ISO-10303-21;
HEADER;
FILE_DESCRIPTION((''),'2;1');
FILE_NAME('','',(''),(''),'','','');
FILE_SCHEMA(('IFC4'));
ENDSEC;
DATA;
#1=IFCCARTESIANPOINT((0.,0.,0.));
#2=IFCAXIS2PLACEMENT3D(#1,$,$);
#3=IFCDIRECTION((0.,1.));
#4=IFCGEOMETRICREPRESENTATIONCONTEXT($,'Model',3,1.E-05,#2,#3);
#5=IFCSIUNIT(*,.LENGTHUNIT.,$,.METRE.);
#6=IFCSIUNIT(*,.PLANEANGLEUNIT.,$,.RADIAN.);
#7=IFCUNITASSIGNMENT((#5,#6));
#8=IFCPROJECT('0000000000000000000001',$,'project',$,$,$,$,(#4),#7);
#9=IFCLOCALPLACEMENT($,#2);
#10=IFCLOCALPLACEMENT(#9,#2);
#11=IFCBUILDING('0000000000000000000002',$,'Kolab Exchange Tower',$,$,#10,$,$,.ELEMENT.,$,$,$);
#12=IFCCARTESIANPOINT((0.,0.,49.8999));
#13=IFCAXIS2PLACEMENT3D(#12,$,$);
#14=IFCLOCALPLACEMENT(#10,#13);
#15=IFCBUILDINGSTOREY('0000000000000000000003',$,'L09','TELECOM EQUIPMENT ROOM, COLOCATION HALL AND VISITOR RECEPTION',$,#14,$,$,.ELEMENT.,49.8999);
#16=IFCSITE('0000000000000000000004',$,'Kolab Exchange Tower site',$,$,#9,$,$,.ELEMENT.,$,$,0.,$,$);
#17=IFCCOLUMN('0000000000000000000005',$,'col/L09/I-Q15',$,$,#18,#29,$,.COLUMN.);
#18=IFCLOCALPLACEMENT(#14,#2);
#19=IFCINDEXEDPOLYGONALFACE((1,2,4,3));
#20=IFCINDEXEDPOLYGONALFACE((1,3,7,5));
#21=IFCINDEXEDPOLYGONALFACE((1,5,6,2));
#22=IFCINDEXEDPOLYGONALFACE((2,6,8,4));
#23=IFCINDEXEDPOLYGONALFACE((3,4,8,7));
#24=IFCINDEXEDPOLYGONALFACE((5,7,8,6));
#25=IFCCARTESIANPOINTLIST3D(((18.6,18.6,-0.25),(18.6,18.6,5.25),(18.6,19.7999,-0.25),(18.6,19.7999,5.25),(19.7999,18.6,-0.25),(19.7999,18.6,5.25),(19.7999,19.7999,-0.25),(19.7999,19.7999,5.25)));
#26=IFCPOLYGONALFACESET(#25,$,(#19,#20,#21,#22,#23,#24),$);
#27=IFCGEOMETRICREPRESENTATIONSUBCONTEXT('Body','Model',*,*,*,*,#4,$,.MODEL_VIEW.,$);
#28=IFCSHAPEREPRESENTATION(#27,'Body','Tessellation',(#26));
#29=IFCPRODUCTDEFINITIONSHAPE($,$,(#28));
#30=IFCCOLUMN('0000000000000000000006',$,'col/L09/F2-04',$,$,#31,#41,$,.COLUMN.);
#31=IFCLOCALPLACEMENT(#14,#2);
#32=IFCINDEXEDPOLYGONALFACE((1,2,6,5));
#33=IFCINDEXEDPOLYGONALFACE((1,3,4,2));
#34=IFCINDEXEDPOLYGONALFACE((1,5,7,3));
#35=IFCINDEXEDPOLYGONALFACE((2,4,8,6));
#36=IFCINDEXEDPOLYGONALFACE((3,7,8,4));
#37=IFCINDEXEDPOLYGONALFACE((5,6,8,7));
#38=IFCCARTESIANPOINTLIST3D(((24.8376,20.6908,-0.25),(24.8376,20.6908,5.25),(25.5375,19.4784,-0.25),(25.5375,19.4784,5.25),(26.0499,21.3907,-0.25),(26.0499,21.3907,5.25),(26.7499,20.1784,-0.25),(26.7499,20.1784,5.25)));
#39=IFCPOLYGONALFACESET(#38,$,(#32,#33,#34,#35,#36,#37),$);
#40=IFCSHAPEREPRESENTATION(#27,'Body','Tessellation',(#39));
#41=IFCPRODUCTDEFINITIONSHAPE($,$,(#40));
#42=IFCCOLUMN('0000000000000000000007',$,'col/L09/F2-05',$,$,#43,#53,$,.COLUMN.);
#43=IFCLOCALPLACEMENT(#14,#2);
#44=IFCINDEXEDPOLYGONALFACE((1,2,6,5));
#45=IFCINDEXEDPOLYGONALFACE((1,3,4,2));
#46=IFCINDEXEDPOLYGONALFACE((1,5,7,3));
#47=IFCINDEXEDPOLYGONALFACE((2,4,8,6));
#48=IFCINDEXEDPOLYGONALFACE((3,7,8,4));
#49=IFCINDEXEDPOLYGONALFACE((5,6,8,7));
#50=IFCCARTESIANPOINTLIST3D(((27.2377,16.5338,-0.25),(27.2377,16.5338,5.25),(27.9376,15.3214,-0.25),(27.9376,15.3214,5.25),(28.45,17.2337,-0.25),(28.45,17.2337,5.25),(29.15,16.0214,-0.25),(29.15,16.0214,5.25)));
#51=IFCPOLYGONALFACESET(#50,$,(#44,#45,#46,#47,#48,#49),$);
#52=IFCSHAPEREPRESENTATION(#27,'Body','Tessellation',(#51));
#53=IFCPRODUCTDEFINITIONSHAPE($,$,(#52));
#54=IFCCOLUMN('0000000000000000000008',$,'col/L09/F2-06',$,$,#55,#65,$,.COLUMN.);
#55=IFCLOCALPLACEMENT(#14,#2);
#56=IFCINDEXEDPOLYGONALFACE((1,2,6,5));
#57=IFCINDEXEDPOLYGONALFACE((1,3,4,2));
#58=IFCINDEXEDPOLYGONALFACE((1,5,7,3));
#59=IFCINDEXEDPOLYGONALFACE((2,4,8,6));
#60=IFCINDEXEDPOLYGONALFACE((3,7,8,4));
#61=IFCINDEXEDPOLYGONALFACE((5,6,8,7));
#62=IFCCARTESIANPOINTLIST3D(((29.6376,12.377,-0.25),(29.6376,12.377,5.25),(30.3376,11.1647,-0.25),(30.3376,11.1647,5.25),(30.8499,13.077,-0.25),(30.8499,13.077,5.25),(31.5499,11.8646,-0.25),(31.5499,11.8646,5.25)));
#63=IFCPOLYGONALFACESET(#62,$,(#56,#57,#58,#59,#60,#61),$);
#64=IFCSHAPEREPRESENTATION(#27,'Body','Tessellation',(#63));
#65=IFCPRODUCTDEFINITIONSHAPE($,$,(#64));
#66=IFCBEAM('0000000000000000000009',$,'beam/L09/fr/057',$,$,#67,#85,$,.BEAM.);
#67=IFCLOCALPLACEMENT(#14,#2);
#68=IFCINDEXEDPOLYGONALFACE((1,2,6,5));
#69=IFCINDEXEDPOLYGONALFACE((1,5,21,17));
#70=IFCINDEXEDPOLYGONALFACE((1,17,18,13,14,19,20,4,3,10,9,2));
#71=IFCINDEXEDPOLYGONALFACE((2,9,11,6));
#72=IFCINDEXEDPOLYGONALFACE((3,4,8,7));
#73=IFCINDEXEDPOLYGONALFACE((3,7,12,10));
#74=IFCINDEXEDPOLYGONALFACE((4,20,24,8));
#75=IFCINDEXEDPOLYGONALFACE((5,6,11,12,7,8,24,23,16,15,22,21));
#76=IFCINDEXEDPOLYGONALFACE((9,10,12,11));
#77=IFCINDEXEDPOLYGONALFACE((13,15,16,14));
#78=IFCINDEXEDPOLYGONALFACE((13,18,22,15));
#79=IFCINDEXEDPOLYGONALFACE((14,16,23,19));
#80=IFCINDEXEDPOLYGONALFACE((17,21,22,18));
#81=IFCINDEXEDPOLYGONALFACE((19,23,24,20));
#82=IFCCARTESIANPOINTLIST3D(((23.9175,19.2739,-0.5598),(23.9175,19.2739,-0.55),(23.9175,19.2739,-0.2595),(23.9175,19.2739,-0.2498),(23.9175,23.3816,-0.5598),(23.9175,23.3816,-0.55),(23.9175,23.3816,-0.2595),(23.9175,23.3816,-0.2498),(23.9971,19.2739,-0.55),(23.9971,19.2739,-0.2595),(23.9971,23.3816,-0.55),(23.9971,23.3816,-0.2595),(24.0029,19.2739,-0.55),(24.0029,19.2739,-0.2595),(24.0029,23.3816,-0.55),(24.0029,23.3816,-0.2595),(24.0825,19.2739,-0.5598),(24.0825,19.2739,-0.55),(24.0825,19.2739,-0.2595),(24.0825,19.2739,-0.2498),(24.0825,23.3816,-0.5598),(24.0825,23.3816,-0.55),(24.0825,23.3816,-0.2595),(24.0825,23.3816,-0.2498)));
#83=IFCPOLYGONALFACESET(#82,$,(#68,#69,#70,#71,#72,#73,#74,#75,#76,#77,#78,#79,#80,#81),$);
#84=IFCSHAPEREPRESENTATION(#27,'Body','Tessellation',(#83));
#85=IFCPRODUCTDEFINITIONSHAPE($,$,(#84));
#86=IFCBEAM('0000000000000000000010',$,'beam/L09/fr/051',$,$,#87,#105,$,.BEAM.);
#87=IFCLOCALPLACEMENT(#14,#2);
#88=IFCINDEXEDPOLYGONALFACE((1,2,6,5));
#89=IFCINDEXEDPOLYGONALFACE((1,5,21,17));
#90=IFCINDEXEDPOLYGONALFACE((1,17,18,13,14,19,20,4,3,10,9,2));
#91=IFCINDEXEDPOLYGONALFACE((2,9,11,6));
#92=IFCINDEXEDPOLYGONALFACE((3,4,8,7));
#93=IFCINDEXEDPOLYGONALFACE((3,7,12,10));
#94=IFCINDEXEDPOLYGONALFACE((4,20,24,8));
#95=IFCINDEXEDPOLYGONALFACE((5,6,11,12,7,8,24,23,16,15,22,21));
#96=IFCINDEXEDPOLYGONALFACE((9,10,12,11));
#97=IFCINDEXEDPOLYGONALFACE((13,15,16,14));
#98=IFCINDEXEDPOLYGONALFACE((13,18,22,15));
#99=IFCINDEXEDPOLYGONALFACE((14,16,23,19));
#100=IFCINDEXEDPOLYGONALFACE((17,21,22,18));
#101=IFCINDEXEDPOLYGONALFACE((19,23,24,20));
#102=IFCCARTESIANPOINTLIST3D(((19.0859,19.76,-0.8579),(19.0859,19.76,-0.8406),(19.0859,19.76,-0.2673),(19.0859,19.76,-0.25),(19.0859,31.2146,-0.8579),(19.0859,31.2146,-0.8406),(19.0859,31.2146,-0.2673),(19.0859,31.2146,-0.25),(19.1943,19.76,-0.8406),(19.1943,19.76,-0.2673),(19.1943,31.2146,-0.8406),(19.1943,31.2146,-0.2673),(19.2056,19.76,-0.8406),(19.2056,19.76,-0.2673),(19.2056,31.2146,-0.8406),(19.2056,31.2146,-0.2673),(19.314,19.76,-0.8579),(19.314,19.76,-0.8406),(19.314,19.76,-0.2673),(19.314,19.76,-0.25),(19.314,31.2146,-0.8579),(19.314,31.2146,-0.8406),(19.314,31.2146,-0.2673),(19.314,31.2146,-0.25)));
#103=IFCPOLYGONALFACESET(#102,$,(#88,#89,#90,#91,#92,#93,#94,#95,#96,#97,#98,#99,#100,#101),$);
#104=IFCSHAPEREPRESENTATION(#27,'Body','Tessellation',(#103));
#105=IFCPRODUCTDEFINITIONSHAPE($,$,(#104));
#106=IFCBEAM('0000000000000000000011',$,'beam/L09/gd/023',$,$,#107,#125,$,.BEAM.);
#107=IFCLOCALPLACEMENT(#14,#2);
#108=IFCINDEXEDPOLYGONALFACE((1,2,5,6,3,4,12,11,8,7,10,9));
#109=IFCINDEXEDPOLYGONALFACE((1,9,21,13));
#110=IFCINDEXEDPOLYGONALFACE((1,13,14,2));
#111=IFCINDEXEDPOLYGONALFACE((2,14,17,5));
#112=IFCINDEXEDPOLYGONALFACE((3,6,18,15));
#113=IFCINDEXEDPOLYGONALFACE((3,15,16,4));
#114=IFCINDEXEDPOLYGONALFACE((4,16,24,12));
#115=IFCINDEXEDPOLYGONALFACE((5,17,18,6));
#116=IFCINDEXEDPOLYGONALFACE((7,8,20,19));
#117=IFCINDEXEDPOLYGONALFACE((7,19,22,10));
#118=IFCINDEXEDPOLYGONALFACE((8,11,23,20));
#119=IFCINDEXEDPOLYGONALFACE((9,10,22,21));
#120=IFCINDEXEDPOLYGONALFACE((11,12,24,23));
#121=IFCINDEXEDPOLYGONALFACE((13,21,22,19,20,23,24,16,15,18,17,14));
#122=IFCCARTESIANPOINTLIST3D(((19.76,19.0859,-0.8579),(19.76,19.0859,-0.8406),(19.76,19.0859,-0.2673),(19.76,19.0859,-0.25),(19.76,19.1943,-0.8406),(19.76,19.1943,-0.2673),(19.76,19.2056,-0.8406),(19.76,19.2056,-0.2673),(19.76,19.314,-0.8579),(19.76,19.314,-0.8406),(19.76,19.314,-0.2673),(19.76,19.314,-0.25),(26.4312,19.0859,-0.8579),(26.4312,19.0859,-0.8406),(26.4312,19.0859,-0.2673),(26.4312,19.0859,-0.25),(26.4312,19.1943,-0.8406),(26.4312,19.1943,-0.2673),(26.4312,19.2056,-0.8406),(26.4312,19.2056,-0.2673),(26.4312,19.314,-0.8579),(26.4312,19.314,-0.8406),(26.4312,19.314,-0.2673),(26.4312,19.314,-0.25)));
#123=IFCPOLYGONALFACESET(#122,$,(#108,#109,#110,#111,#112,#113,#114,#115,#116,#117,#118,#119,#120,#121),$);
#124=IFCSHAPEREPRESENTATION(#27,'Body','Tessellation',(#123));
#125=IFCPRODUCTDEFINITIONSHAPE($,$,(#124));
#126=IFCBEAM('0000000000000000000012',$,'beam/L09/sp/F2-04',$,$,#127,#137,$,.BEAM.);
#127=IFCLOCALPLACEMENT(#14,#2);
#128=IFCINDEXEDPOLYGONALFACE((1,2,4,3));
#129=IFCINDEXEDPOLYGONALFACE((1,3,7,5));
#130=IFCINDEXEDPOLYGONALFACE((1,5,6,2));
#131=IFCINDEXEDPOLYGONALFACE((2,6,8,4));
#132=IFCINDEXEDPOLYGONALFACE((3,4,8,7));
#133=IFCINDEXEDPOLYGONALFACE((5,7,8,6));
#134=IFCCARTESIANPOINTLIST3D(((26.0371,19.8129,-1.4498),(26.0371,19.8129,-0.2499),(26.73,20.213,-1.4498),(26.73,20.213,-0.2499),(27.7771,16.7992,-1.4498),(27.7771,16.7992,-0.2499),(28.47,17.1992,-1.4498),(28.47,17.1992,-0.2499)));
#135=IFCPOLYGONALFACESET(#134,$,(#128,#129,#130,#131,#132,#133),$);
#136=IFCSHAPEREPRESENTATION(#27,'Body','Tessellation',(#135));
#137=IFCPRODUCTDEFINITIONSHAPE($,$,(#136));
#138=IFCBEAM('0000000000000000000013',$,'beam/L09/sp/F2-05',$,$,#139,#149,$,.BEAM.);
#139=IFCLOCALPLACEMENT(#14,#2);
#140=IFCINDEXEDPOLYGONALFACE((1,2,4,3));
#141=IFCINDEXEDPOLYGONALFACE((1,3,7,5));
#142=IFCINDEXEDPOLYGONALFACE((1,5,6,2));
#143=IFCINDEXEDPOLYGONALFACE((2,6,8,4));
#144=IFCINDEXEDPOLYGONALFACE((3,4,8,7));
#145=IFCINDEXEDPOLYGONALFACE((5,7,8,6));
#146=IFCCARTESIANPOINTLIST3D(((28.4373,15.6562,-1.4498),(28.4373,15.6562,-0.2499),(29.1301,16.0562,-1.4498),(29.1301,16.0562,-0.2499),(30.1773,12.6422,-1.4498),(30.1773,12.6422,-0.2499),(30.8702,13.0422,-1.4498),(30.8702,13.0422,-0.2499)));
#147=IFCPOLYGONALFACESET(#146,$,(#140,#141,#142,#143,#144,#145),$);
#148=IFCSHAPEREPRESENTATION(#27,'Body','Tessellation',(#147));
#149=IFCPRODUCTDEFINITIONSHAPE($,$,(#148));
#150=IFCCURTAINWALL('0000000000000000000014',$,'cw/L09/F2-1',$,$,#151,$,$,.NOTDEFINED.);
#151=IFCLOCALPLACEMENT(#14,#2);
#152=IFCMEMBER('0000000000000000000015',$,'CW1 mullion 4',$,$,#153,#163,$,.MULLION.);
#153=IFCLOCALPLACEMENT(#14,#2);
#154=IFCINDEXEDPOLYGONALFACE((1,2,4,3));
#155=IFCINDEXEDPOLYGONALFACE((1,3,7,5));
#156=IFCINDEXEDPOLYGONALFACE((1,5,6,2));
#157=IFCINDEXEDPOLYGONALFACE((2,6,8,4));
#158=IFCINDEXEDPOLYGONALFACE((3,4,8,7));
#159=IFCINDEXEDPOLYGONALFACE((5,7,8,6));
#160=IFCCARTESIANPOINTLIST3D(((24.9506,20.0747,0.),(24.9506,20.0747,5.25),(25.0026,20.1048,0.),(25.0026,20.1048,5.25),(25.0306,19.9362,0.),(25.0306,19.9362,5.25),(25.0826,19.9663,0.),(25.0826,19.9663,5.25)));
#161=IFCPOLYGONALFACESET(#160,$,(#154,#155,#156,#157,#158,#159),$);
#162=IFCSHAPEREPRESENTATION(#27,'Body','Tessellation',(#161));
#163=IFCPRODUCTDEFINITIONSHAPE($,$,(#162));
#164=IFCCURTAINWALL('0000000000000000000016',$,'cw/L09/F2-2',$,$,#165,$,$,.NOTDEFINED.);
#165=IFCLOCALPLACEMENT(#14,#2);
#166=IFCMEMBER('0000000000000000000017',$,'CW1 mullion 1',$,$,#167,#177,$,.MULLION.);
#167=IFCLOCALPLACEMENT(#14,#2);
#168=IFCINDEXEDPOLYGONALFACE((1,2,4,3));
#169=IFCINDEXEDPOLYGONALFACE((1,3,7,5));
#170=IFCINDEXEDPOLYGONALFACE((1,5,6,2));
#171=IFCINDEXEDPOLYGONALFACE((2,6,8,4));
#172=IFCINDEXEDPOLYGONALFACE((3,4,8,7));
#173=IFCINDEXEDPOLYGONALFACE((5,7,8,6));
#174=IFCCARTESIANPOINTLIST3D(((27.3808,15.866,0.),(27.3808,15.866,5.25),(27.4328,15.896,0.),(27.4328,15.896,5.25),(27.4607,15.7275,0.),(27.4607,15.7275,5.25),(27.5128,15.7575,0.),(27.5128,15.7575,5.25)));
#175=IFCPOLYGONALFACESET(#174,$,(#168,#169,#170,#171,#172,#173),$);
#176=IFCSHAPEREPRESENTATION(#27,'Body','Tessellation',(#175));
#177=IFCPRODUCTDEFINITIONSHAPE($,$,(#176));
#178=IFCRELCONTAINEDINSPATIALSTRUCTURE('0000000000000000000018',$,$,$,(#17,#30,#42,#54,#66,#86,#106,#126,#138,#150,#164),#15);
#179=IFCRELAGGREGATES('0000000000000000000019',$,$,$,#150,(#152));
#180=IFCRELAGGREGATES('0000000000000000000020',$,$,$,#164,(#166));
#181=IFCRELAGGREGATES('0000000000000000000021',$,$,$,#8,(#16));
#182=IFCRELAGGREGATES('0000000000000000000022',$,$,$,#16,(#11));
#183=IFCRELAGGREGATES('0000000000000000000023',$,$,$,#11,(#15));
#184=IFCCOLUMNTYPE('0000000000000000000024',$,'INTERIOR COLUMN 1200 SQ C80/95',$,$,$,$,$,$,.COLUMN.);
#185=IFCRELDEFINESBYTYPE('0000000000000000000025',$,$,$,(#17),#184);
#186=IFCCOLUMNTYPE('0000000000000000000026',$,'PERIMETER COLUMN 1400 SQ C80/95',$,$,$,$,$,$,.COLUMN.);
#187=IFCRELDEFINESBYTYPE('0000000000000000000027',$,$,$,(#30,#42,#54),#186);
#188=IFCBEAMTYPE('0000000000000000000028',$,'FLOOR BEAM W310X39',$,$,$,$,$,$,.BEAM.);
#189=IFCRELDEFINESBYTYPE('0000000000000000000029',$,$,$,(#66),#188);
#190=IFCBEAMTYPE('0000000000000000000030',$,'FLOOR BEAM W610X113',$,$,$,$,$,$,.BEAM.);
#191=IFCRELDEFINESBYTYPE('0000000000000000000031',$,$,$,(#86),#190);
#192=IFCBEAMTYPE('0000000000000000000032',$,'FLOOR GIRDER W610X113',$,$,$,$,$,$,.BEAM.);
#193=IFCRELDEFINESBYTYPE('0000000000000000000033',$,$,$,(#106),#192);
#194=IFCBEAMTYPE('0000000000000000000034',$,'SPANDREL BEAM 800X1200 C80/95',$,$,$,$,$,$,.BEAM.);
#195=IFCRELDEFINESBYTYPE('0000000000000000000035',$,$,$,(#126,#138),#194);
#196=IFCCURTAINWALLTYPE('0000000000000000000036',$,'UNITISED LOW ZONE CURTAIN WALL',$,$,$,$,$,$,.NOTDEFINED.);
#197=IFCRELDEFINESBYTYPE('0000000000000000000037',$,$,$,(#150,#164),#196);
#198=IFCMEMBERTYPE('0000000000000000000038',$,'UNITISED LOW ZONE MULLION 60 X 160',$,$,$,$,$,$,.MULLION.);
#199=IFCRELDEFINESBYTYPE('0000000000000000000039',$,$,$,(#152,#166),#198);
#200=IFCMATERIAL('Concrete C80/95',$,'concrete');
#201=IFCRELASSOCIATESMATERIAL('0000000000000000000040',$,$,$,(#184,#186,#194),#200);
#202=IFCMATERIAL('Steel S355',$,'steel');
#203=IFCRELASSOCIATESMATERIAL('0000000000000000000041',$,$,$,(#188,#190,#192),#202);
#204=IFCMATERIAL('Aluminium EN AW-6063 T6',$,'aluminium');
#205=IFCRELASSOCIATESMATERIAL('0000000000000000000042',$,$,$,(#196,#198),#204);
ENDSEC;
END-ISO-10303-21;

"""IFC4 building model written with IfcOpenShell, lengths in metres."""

from ifc_helpers import new_model, si_unit, direction, frame, origin, origin_2d, place, context, subcontext, project, spatial, rectangle, i_section, extrude, material, material_profile, profile_set, type_object, element, aggregate, save


model = new_model("IFC4")

# Units and contexts
model_context = context("Model", 3, precision=1e-05, world=origin(), true_north=direction((0.0, 1.0)))
body_context = subcontext(model_context, "Body", "Model", "MODEL_VIEW")
ifc_project = project(units=[si_unit("LENGTHUNIT", "METRE"), si_unit("PLANEANGLEUNIT", "RADIAN")], contexts=[model_context])

# Site, building, storey
site_placement = place(None, origin())
site = spatial("IfcSite", under=ifc_project, at=site_placement, Name="Kolab Exchange Tower site", CompositionType="ELEMENT", RefElevation=0.0)
building_placement = place(site_placement, origin())
building = spatial("IfcBuilding", under=site, at=building_placement, Name="Kolab Exchange Tower", CompositionType="ELEMENT")
storey_placement = place(building_placement, frame((0.0, 0.0, 49.8999)))
storey = spatial("IfcBuildingStorey", under=building, at=storey_placement, Name="L09", Description="TELECOM EQUIPMENT ROOM, COLOCATION HALL AND VISITOR RECEPTION", CompositionType="ELEMENT", Elevation=49.8999)

# Columns
ifc_material_1 = material(Name="Concrete C80/95", Category="concrete")
ifc_material_profile_1 = material_profile(ifc_material_1, rectangle(XDim=1.2, YDim=1.2, at=origin_2d()), Name="RC1200")
ifc_profile_set_1 = profile_set([ifc_material_profile_1], Name="Concrete C80/95")
column_type_1 = type_object("IfcColumnType", Name="INTERIOR COLUMN 1200 SQ C80/95", PredefinedType="COLUMN", material=ifc_profile_set_1)
column_placement = place(storey_placement, frame((19.2, 19.2, -0.25), z_axis=(0.0, 0.0, 1.0), x_axis=(1.0, 0.0, 0.0)))
element("IfcColumn", 1, at=column_placement, inside=storey, type_object=column_type_1, Name="col/L09/I-Q15", PredefinedType="COLUMN", context=body_context, shape_type="SweptSolid", body=[
    extrude(rectangle(XDim=1.2, YDim=1.2, at=origin_2d()), origin(), (0.0, 0.0, 1.0), 5.5),
])
ifc_material_profile_2 = material_profile(ifc_material_1, rectangle(XDim=1.3999, YDim=1.3999, at=origin_2d()), Name="RC1400")
ifc_profile_set_2 = profile_set([ifc_material_profile_2], Name="Concrete C80/95")
column_type_2 = type_object("IfcColumnType", Name="PERIMETER COLUMN 1400 SQ C80/95", PredefinedType="COLUMN", material=ifc_profile_set_2)
for number, where, z_axis, x_axis, name in (
    (2, (25.7937, 20.4346, -0.25), (0.0, 0.0, 1.0), (0.866025, 0.5, 0.0), "col/L09/F2-04"),
    (3, (28.1938, 16.2776, -0.25), (0.0, 0.0, 1.0), (0.866025, 0.5, 0.0), "col/L09/F2-05"),
    (4, (30.5938, 12.1208, -0.25), (0.0, 0.0, 1.0), (0.866025, 0.5, 0.0), "col/L09/F2-06"),
):
    element("IfcColumn", number, at=place(storey_placement, frame(where, z_axis=z_axis, x_axis=x_axis)), inside=storey, type_object=column_type_2, Name=name, PredefinedType="COLUMN", context=body_context, shape_type="SweptSolid", body=[
        extrude(rectangle(XDim=1.3999, YDim=1.3999, at=origin_2d()), origin(), (0.0, 0.0, 1.0), 5.5),
    ])

# Beams
ifc_material_2 = material(Name="Steel S355", Category="steel")
ifc_material_profile_3 = material_profile(ifc_material_2, i_section(OverallWidth=0.165, OverallDepth=0.3101, WebThickness=0.0059, FlangeThickness=0.0098, at=origin_2d()), Name="W310X39")
ifc_profile_set_3 = profile_set([ifc_material_profile_3], Name="Steel S355")
beam_type_1 = type_object("IfcBeamType", Name="FLOOR BEAM W310X39", PredefinedType="BEAM", material=ifc_profile_set_3)
beam_1_placement = place(storey_placement, frame((24.0, 19.2739, -0.4048), z_axis=(0.0, 1.0, 0.0), x_axis=(-1.0, 0.0, 0.0)))
element("IfcBeam", 5, at=beam_1_placement, inside=storey, type_object=beam_type_1, Name="beam/L09/fr/057", PredefinedType="BEAM", context=body_context, shape_type="SweptSolid", body=[
    extrude(i_section(OverallWidth=0.165, OverallDepth=0.3101, WebThickness=0.0059, FlangeThickness=0.0098, at=origin_2d()), origin(), (0.0, 0.0, 1.0), 4.1077),
])
ifc_material_profile_4 = material_profile(ifc_material_2, i_section(OverallWidth=0.228, OverallDepth=0.6079, WebThickness=0.0112, FlangeThickness=0.0173, at=origin_2d()), Name="W610X113")
ifc_profile_set_4 = profile_set([ifc_material_profile_4], Name="Steel S355")
beam_type_2 = type_object("IfcBeamType", Name="FLOOR BEAM W610X113", PredefinedType="BEAM", material=ifc_profile_set_4)
beam_2_placement = place(storey_placement, frame((19.2, 19.76, -0.554), z_axis=(0.0, 1.0, 0.0), x_axis=(-1.0, 0.0, 0.0)))
element("IfcBeam", 6, at=beam_2_placement, inside=storey, type_object=beam_type_2, Name="beam/L09/fr/051", PredefinedType="BEAM", context=body_context, shape_type="SweptSolid", body=[
    extrude(i_section(OverallWidth=0.228, OverallDepth=0.6079, WebThickness=0.0112, FlangeThickness=0.0173, at=origin_2d()), origin(), (0.0, 0.0, 1.0), 11.4546),
])
ifc_material_profile_5 = material_profile(ifc_material_2, i_section(OverallWidth=0.228, OverallDepth=0.6079, WebThickness=0.0112, FlangeThickness=0.0173, at=origin_2d()), Name="W610X113")
ifc_profile_set_5 = profile_set([ifc_material_profile_5], Name="Steel S355")
beam_type_3 = type_object("IfcBeamType", Name="FLOOR GIRDER W610X113", PredefinedType="BEAM", material=ifc_profile_set_5)
beam_3_placement = place(storey_placement, frame((19.76, 19.2, -0.554), z_axis=(1.0, 0.0, 0.0), x_axis=(0.0, 1.0, 0.0)))
element("IfcBeam", 7, at=beam_3_placement, inside=storey, type_object=beam_type_3, Name="beam/L09/gd/023", PredefinedType="BEAM", context=body_context, shape_type="SweptSolid", body=[
    extrude(i_section(OverallWidth=0.228, OverallDepth=0.6079, WebThickness=0.0112, FlangeThickness=0.0173, at=origin_2d()), origin(), (0.0, 0.0, 1.0), 6.6711),
])
ifc_material_profile_6 = material_profile(ifc_material_1, rectangle(XDim=0.8, YDim=1.2, at=origin_2d()), Name="RC800X1200")
ifc_profile_set_6 = profile_set([ifc_material_profile_6], Name="Concrete C80/95")
beam_type_4 = type_object("IfcBeamType", Name="SPANDREL BEAM 800X1200 C80/95", PredefinedType="BEAM", material=ifc_profile_set_6)
beam_4_placement = place(storey_placement, frame((26.3835, 20.0129, -0.8499), z_axis=(0.50001, -0.86602, 0.0), x_axis=(0.86602, 0.50001, 0.0)))
element("IfcBeam", 8, at=beam_4_placement, inside=storey, type_object=beam_type_4, Name="beam/L09/sp/F2-04", PredefinedType="BEAM", context=body_context, shape_type="SweptSolid", body=[
    extrude(rectangle(XDim=0.8, YDim=1.2, at=origin_2d()), origin(), (0.0, 0.0, 1.0), 3.48),
])
beam_5_placement = place(storey_placement, frame((28.7837, 15.8562, -0.8499), z_axis=(0.49998, -0.866037, 0.0), x_axis=(0.866037, 0.49998, 0.0)))
element("IfcBeam", 9, at=beam_5_placement, inside=storey, type_object=beam_type_4, Name="beam/L09/sp/F2-05", PredefinedType="BEAM", context=body_context, shape_type="SweptSolid", body=[
    extrude(rectangle(XDim=0.8, YDim=1.2, at=origin_2d()), origin(), (0.0, 0.0, 1.0), 3.4802),
])

# Curtain walls, members
ifc_material_3 = material(Name="Aluminium EN AW-6063 T6", Category="aluminium")
curtain_wall_type = type_object("IfcCurtainWallType", Name="UNITISED LOW ZONE CURTAIN WALL", PredefinedType="NOTDEFINED", material=ifc_material_3)
curtain_wall_1_placement = place(storey_placement, origin())
curtain_wall_1 = element("IfcCurtainWall", 10, at=curtain_wall_1_placement, inside=storey, type_object=curtain_wall_type, Name="cw/L09/F2-1", PredefinedType="NOTDEFINED")
ifc_material_profile_7 = material_profile(ifc_material_3, rectangle(XDim=0.0601, YDim=0.1599, at=origin_2d()), Name="RECT 60X160")
ifc_profile_set_7 = profile_set([ifc_material_profile_7], Name="Aluminium EN AW-6063 T6")
member_type_1 = type_object("IfcMemberType", Name="UNITISED LOW ZONE MULLION 60 X 160", PredefinedType="MULLION", material=ifc_profile_set_7)
member_1_placement = place(storey_placement, frame((25.0166, 20.0205, 0.0), z_axis=(0.0, 0.0, 1.0), x_axis=(0.866025, 0.5, 0.0)))
member_1 = element("IfcMember", 11, at=member_1_placement, type_object=member_type_1, Name="CW1 mullion 4", PredefinedType="MULLION", context=body_context, shape_type="SweptSolid", body=[
    extrude(rectangle(XDim=0.0601, YDim=0.1599, at=origin_2d()), origin(), (0.0, 0.0, 1.0), 5.25),
])
curtain_wall_2_placement = place(storey_placement, origin())
curtain_wall_2 = element("IfcCurtainWall", 12, at=curtain_wall_2_placement, inside=storey, type_object=curtain_wall_type, Name="cw/L09/F2-2", PredefinedType="NOTDEFINED")
member_2_placement = place(storey_placement, frame((27.4468, 15.8118, 0.0), z_axis=(0.0, 0.0, 1.0), x_axis=(0.866025, 0.5, 0.0)))
member_2 = element("IfcMember", 13, at=member_2_placement, type_object=member_type_1, Name="CW1 mullion 1", PredefinedType="MULLION", context=body_context, shape_type="SweptSolid", body=[
    extrude(rectangle(XDim=0.0601, YDim=0.1599, at=origin_2d()), origin(), (0.0, 0.0, 1.0), 5.25),
])

aggregate(curtain_wall_1, [member_1])
aggregate(curtain_wall_2, [member_2])

save(model, "model.ifc")
